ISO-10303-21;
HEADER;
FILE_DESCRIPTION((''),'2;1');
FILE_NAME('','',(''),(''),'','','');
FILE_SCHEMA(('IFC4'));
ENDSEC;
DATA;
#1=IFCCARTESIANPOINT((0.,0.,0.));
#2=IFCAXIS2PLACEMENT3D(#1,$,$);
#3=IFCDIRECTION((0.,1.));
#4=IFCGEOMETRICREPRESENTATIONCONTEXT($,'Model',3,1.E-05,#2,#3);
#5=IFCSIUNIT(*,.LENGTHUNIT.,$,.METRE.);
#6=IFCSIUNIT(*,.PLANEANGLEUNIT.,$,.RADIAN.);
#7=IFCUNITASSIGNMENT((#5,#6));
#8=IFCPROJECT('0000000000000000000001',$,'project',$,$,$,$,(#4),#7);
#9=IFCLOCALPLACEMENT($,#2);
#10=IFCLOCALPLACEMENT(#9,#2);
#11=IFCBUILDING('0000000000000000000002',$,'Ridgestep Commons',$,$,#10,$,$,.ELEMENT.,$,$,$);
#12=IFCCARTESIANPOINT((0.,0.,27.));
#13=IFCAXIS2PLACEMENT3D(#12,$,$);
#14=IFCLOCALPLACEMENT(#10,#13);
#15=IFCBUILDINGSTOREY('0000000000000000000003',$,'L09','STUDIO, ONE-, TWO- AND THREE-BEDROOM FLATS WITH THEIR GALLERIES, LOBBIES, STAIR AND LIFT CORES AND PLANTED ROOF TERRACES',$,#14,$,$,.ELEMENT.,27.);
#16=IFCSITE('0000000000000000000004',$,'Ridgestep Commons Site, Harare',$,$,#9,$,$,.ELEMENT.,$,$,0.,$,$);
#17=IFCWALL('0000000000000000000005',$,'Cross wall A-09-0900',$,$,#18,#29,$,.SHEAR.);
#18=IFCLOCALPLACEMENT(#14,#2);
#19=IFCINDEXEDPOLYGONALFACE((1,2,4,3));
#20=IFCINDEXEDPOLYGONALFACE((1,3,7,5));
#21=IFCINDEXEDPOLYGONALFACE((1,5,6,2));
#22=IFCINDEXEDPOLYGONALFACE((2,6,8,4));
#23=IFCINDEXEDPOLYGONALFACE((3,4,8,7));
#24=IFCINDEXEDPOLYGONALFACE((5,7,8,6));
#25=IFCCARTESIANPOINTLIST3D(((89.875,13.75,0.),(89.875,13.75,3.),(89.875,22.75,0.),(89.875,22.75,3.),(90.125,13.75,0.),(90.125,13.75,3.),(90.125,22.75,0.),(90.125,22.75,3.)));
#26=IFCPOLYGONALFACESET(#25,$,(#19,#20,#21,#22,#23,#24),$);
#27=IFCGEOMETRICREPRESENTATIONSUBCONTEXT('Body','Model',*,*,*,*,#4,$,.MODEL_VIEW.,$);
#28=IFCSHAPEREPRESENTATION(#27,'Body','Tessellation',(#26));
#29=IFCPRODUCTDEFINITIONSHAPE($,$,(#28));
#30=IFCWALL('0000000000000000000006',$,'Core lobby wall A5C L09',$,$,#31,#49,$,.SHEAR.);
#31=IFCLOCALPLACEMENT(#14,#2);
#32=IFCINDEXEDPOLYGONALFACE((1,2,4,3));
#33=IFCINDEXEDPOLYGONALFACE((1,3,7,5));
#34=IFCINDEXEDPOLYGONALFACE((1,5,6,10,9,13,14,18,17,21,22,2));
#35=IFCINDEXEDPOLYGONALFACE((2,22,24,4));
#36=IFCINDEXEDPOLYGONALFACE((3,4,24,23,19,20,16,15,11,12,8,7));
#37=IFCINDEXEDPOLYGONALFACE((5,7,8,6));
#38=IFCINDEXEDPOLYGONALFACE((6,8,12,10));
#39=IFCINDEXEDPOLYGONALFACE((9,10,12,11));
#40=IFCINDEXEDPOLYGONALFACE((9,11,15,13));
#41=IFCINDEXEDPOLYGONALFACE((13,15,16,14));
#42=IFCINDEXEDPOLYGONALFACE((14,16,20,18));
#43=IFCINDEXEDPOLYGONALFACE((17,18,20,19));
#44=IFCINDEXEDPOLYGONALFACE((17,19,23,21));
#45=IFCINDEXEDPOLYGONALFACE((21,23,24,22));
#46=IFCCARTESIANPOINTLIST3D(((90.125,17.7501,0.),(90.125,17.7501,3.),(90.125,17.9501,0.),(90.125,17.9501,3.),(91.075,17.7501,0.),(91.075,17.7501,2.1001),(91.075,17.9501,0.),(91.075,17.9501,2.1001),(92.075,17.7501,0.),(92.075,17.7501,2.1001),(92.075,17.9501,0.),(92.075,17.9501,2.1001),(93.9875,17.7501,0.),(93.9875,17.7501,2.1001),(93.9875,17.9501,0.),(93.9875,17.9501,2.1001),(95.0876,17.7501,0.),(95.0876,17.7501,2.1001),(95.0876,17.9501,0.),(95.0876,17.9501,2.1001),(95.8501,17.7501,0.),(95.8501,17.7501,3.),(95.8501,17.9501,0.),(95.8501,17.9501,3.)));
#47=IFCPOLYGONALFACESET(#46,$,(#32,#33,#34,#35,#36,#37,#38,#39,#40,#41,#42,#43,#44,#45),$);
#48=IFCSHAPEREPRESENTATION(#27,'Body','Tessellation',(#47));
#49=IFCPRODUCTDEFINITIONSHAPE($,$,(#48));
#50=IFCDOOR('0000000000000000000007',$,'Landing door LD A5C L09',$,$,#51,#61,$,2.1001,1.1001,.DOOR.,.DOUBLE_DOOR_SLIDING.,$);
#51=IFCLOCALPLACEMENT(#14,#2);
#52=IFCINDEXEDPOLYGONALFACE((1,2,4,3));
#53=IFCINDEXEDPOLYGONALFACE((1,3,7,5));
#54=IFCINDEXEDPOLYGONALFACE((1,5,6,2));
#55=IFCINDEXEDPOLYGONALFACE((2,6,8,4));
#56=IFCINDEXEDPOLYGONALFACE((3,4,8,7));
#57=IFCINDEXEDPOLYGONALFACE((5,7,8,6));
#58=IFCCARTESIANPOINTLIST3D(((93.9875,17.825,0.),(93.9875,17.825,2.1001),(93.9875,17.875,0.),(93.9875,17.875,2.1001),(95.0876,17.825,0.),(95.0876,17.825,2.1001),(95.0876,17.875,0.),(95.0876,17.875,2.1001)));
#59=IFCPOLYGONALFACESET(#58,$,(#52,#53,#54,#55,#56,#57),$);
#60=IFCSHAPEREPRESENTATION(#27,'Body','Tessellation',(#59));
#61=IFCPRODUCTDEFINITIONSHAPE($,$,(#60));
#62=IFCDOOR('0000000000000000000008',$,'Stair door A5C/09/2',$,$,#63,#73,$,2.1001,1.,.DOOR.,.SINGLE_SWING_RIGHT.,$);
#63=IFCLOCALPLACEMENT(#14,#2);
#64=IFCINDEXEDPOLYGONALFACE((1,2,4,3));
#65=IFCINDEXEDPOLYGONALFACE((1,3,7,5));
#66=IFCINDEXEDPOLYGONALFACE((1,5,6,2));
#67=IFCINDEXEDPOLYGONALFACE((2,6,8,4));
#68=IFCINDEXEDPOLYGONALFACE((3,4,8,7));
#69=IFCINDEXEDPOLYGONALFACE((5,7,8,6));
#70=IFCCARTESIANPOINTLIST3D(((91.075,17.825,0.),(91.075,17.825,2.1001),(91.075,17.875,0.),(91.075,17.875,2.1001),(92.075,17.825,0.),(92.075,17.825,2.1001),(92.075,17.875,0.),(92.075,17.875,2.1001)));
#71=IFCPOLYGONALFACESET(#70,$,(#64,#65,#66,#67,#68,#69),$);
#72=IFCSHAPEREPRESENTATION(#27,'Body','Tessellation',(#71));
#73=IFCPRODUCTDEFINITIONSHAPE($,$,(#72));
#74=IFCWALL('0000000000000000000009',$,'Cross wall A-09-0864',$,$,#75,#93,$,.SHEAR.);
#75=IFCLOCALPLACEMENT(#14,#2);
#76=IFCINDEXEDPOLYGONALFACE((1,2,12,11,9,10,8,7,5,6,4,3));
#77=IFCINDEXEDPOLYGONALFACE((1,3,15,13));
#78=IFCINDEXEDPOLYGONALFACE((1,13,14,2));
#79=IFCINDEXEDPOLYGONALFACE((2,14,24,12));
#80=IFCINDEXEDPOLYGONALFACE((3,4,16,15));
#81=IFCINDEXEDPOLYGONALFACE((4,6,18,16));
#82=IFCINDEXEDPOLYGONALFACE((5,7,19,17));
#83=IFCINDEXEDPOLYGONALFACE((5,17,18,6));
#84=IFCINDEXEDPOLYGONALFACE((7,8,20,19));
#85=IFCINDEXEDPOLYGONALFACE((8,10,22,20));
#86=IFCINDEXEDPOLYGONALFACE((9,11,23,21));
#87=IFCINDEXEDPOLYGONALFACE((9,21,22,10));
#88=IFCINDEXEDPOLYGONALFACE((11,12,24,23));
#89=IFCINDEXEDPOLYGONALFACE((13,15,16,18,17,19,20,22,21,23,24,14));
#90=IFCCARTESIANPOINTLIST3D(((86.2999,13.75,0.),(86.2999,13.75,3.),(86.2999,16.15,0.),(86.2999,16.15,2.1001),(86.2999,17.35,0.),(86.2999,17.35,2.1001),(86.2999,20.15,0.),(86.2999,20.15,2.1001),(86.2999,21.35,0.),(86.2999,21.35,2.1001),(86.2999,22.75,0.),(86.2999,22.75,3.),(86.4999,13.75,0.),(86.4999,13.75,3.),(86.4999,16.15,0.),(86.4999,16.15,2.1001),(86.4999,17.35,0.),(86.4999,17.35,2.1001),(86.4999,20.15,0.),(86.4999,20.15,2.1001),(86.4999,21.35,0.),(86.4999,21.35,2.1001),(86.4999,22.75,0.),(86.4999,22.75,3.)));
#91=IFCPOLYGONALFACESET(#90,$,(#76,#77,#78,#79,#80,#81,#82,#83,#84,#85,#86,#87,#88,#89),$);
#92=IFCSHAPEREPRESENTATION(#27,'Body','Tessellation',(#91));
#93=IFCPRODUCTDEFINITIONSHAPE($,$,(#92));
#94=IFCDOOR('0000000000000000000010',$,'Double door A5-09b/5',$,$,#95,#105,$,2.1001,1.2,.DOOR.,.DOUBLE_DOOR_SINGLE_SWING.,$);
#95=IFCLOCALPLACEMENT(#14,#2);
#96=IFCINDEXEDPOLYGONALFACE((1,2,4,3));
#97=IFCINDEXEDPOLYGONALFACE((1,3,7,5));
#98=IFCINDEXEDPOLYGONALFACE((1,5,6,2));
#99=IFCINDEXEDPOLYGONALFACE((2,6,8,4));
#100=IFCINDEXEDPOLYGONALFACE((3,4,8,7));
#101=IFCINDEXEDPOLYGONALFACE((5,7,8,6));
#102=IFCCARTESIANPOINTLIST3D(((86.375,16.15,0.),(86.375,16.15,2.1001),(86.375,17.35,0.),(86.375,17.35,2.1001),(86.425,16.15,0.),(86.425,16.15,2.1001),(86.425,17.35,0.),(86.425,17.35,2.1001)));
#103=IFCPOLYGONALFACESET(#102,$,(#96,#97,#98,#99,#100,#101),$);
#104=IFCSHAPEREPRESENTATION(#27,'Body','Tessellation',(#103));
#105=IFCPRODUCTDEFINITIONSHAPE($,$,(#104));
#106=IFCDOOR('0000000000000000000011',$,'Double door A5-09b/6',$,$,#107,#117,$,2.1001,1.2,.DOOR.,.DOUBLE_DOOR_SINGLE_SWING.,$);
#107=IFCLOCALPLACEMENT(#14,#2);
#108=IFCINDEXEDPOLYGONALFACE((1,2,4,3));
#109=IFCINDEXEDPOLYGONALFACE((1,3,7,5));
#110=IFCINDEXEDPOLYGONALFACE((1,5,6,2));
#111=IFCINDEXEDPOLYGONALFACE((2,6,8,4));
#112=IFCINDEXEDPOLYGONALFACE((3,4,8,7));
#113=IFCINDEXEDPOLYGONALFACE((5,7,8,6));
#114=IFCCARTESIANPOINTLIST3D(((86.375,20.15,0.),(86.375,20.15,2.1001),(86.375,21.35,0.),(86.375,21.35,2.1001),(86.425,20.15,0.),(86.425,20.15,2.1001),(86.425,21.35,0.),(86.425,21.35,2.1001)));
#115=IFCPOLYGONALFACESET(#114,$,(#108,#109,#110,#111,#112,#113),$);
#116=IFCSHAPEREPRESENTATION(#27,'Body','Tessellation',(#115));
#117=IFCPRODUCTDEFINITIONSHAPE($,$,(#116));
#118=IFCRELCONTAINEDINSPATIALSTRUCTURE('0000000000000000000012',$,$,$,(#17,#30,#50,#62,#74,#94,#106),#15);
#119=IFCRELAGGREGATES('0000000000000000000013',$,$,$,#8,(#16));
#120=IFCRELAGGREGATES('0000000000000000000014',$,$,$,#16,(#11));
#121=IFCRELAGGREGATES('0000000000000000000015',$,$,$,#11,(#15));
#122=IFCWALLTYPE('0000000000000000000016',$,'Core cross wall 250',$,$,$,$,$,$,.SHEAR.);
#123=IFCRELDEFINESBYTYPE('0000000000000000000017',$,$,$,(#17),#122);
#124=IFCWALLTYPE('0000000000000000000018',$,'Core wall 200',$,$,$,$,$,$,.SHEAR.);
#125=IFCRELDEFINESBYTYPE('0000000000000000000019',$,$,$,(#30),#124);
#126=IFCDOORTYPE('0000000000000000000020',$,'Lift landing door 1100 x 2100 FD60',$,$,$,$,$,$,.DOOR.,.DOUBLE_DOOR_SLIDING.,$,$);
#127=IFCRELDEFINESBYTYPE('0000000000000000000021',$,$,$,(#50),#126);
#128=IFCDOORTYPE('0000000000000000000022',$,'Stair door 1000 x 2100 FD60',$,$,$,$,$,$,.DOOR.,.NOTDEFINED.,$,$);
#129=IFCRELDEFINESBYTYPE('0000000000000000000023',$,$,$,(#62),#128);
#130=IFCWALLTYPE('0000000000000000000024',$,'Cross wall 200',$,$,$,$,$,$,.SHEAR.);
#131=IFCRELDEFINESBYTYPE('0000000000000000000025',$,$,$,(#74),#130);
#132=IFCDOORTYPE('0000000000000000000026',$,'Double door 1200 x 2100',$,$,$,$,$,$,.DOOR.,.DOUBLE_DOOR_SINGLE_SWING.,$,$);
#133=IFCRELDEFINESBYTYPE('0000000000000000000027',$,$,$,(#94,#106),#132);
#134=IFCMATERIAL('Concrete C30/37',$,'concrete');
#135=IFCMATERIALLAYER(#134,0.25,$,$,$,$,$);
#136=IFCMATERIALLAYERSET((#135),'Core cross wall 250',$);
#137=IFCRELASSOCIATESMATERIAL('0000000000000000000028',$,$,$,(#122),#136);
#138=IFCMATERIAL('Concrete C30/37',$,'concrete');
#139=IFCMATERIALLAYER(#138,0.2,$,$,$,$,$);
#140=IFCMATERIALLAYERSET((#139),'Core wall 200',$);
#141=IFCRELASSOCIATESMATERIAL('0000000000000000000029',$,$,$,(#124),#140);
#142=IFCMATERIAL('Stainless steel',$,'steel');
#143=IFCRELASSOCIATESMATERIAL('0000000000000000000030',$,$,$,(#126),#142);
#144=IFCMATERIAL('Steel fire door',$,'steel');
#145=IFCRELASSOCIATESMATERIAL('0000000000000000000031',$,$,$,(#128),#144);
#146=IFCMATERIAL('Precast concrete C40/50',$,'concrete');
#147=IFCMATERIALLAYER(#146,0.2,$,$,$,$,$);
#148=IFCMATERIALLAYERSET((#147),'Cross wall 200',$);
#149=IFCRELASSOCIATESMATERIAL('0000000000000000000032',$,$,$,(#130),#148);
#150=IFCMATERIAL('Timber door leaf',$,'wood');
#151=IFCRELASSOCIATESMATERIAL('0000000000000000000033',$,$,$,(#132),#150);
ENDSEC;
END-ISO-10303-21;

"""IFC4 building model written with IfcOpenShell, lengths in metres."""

from ifc_helpers import new_model, si_unit, direction, frame, frame_2d, origin, place, context, subcontext, project, spatial, rectangle, extrude, material, layer, layer_set, type_object, element, fill, save


model = new_model("IFC4")

# Units and contexts
model_context = context("Model", 3, precision=1e-05, world=origin(), true_north=direction((0.0, 1.0)))
body_context = subcontext(model_context, "Body", "Model", "MODEL_VIEW")
ifc_project = project(units=[si_unit("LENGTHUNIT", "METRE"), si_unit("PLANEANGLEUNIT", "RADIAN")], contexts=[model_context])

# Site, building, storey
site_placement = place(None, origin())
site = spatial("IfcSite", under=ifc_project, at=site_placement, Name="Ridgestep Commons Site, Harare", CompositionType="ELEMENT", RefElevation=0.0)
building_placement = place(site_placement, origin())
building = spatial("IfcBuilding", under=site, at=building_placement, Name="Ridgestep Commons", CompositionType="ELEMENT")
storey_placement = place(building_placement, frame((0.0, 0.0, 27.0)))
storey = spatial("IfcBuildingStorey", under=building, at=storey_placement, Name="L09", Description="STUDIO, ONE-, TWO- AND THREE-BEDROOM FLATS WITH THEIR GALLERIES, LOBBIES, STAIR AND LIFT CORES AND PLANTED ROOF TERRACES", CompositionType="ELEMENT", Elevation=27.0)

# Wall
ifc_material_1 = material(Name="Concrete C30/37", Category="concrete")
ifc_layer_1 = layer(ifc_material_1, 0.25)
ifc_layer_set_1 = layer_set([ifc_layer_1], Name="Core cross wall 250")
wall_type_1 = type_object("IfcWallType", Name="Core cross wall 250", PredefinedType="SHEAR", material=ifc_layer_set_1)
wall_1_placement = place(storey_placement, frame((90.0, 13.75, 0.0), z_axis=(0.0, 0.0, 1.0), x_axis=(0.0, 1.0, 0.0)))
element("IfcWall", 1, at=wall_1_placement, inside=storey, type_object=wall_type_1, Name="Cross wall A-09-0900", PredefinedType="SHEAR", context=body_context, shape_type="SweptSolid", body=[
    extrude(rectangle(XDim=9.0, YDim=0.25, at=frame_2d((4.5, 0.0))), origin(), (0.0, 0.0, 1.0), 3.0),
])

# Walls, openings, doors
ifc_material_2 = material(Name="Concrete C30/37", Category="concrete")
ifc_layer_2 = layer(ifc_material_2, 0.2)
ifc_layer_set_2 = layer_set([ifc_layer_2], Name="Core wall 200")
wall_type_2 = type_object("IfcWallType", Name="Core wall 200", PredefinedType="SHEAR", material=ifc_layer_set_2)
wall_2_placement = place(storey_placement, frame((90.125, 17.8501, 0.0), z_axis=(0.0, 0.0, 1.0), x_axis=(1.0, 0.0, 0.0)))
wall_2 = element("IfcWall", 2, at=wall_2_placement, inside=storey, type_object=wall_type_2, Name="Core lobby wall A5C L09", PredefinedType="SHEAR", context=body_context, shape_type="SweptSolid", body=[
    extrude(rectangle(XDim=5.7251, YDim=0.2, at=frame_2d((2.8625, 0.0))), origin(), (0.0, 0.0, 1.0), 3.0),
])
opening_1_placement = place(wall_2_placement, frame((0.95, 0.0, 0.0)))
opening_1 = element("IfcOpeningElement", 3, at=opening_1_placement, cuts=wall_2, PredefinedType="OPENING", context=body_context, shape_type="SweptSolid", body=[
    extrude(rectangle(XDim=1.0, YDim=2.1001, at=frame_2d((0.5, 1.05))), frame((0.0, 0.1099, 0.0), z_axis=(0.0, -1.0, 0.0), x_axis=(1.0, 0.0, 0.0)), (0.0, 0.0, 1.0), 0.22),
])
opening_2_placement = place(wall_2_placement, frame((3.8625, 0.0, 0.0)))
opening_2 = element("IfcOpeningElement", 4, at=opening_2_placement, cuts=wall_2, PredefinedType="OPENING", context=body_context, shape_type="SweptSolid", body=[
    extrude(rectangle(XDim=1.1001, YDim=2.1001, at=frame_2d((0.55, 1.05))), frame((0.0, 0.1099, 0.0), z_axis=(0.0, -1.0, 0.0), x_axis=(1.0, 0.0, 0.0)), (0.0, 0.0, 1.0), 0.22),
])
ifc_material_3 = material(Name="Stainless steel", Category="steel")
door_type_1 = type_object("IfcDoorType", Name="Lift landing door 1100 x 2100 FD60", OperationType="DOUBLE_DOOR_SLIDING", PredefinedType="DOOR", material=ifc_material_3)
door_1_placement = place(opening_2_placement, origin())
door_1 = element("IfcDoor", 5, at=door_1_placement, inside=storey, type_object=door_type_1, Name="Landing door LD A5C L09", OperationType="DOUBLE_DOOR_SLIDING", OverallHeight=2.1001, OverallWidth=1.1001, PredefinedType="DOOR", context=body_context, shape_type="SweptSolid", body=[
    extrude(rectangle(XDim=1.1001, YDim=2.1001, at=frame_2d((0.55, 1.05))), frame((0.0, 0.0249, 0.0), z_axis=(0.0, -1.0, 0.0), x_axis=(1.0, 0.0, 0.0)), (0.0, 0.0, 1.0), 0.05),
])
fill(opening_2, door_1)
ifc_material_4 = material(Name="Steel fire door", Category="steel")
door_type_2 = type_object("IfcDoorType", Name="Stair door 1000 x 2100 FD60", OperationType="NOTDEFINED", PredefinedType="DOOR", material=ifc_material_4)
door_2_placement = place(opening_1_placement, origin())
door_2 = element("IfcDoor", 6, at=door_2_placement, inside=storey, type_object=door_type_2, Name="Stair door A5C/09/2", OperationType="SINGLE_SWING_RIGHT", OverallHeight=2.1001, OverallWidth=1.0, PredefinedType="DOOR", context=body_context, shape_type="SweptSolid", body=[
    extrude(rectangle(XDim=1.0, YDim=2.1001, at=frame_2d((0.5, 1.05))), frame((0.0, 0.0249, 0.0), z_axis=(0.0, -1.0, 0.0), x_axis=(1.0, 0.0, 0.0)), (0.0, 0.0, 1.0), 0.05),
])
fill(opening_1, door_2)
ifc_material_5 = material(Name="Precast concrete C40/50", Category="concrete")
ifc_layer_3 = layer(ifc_material_5, 0.2)
ifc_layer_set_3 = layer_set([ifc_layer_3], Name="Cross wall 200")
wall_type_3 = type_object("IfcWallType", Name="Cross wall 200", PredefinedType="SHEAR", material=ifc_layer_set_3)
wall_3_placement = place(storey_placement, frame((86.3999, 13.75, 0.0), z_axis=(0.0, 0.0, 1.0), x_axis=(0.0, 1.0, 0.0)))
wall_3 = element("IfcWall", 7, at=wall_3_placement, inside=storey, type_object=wall_type_3, Name="Cross wall A-09-0864", PredefinedType="SHEAR", context=body_context, shape_type="SweptSolid", body=[
    extrude(rectangle(XDim=9.0, YDim=0.2, at=frame_2d((4.5, 0.0))), origin(), (0.0, 0.0, 1.0), 3.0),
])
opening_3_placement = place(wall_3_placement, frame((2.3999, 0.0, 0.0)))
opening_3 = element("IfcOpeningElement", 8, at=opening_3_placement, cuts=wall_3, PredefinedType="OPENING", context=body_context, shape_type="SweptSolid", body=[
    extrude(rectangle(XDim=1.2, YDim=2.1001, at=frame_2d((0.6001, 1.05))), frame((0.0, 0.1099, 0.0), z_axis=(0.0, -1.0, 0.0), x_axis=(1.0, 0.0, 0.0)), (0.0, 0.0, 1.0), 0.22),
])
opening_4_placement = place(wall_3_placement, frame((6.3999, 0.0, 0.0)))
opening_4 = element("IfcOpeningElement", 9, at=opening_4_placement, cuts=wall_3, PredefinedType="OPENING", context=body_context, shape_type="SweptSolid", body=[
    extrude(rectangle(XDim=1.2, YDim=2.1001, at=frame_2d((0.6001, 1.05))), frame((0.0, 0.1099, 0.0), z_axis=(0.0, -1.0, 0.0), x_axis=(1.0, 0.0, 0.0)), (0.0, 0.0, 1.0), 0.22),
])
ifc_material_6 = material(Name="Timber door leaf", Category="wood")
door_type_3 = type_object("IfcDoorType", Name="Double door 1200 x 2100", OperationType="DOUBLE_DOOR_SINGLE_SWING", PredefinedType="DOOR", material=ifc_material_6)
door_3_placement = place(opening_3_placement, origin())
door_3 = element("IfcDoor", 10, at=door_3_placement, inside=storey, type_object=door_type_3, Name="Double door A5-09b/5", OperationType="DOUBLE_DOOR_SINGLE_SWING", OverallHeight=2.1001, OverallWidth=1.2, PredefinedType="DOOR", context=body_context, shape_type="SweptSolid", body=[
    extrude(rectangle(XDim=1.2, YDim=2.1001, at=frame_2d((0.6001, 1.05))), frame((0.0, 0.0249, 0.0), z_axis=(0.0, -1.0, 0.0), x_axis=(1.0, 0.0, 0.0)), (0.0, 0.0, 1.0), 0.05),
])
fill(opening_3, door_3)
door_4_placement = place(opening_4_placement, origin())
door_4 = element("IfcDoor", 11, at=door_4_placement, inside=storey, type_object=door_type_3, Name="Double door A5-09b/6", OperationType="DOUBLE_DOOR_SINGLE_SWING", OverallHeight=2.1001, OverallWidth=1.2, PredefinedType="DOOR", context=body_context, shape_type="SweptSolid", body=[
    extrude(rectangle(XDim=1.2, YDim=2.1001, at=frame_2d((0.6001, 1.05))), frame((0.0, 0.0249, 0.0), z_axis=(0.0, -1.0, 0.0), x_axis=(1.0, 0.0, 0.0)), (0.0, 0.0, 1.0), 0.05),
])
fill(opening_4, door_4)

save(model, "model.ifc")
